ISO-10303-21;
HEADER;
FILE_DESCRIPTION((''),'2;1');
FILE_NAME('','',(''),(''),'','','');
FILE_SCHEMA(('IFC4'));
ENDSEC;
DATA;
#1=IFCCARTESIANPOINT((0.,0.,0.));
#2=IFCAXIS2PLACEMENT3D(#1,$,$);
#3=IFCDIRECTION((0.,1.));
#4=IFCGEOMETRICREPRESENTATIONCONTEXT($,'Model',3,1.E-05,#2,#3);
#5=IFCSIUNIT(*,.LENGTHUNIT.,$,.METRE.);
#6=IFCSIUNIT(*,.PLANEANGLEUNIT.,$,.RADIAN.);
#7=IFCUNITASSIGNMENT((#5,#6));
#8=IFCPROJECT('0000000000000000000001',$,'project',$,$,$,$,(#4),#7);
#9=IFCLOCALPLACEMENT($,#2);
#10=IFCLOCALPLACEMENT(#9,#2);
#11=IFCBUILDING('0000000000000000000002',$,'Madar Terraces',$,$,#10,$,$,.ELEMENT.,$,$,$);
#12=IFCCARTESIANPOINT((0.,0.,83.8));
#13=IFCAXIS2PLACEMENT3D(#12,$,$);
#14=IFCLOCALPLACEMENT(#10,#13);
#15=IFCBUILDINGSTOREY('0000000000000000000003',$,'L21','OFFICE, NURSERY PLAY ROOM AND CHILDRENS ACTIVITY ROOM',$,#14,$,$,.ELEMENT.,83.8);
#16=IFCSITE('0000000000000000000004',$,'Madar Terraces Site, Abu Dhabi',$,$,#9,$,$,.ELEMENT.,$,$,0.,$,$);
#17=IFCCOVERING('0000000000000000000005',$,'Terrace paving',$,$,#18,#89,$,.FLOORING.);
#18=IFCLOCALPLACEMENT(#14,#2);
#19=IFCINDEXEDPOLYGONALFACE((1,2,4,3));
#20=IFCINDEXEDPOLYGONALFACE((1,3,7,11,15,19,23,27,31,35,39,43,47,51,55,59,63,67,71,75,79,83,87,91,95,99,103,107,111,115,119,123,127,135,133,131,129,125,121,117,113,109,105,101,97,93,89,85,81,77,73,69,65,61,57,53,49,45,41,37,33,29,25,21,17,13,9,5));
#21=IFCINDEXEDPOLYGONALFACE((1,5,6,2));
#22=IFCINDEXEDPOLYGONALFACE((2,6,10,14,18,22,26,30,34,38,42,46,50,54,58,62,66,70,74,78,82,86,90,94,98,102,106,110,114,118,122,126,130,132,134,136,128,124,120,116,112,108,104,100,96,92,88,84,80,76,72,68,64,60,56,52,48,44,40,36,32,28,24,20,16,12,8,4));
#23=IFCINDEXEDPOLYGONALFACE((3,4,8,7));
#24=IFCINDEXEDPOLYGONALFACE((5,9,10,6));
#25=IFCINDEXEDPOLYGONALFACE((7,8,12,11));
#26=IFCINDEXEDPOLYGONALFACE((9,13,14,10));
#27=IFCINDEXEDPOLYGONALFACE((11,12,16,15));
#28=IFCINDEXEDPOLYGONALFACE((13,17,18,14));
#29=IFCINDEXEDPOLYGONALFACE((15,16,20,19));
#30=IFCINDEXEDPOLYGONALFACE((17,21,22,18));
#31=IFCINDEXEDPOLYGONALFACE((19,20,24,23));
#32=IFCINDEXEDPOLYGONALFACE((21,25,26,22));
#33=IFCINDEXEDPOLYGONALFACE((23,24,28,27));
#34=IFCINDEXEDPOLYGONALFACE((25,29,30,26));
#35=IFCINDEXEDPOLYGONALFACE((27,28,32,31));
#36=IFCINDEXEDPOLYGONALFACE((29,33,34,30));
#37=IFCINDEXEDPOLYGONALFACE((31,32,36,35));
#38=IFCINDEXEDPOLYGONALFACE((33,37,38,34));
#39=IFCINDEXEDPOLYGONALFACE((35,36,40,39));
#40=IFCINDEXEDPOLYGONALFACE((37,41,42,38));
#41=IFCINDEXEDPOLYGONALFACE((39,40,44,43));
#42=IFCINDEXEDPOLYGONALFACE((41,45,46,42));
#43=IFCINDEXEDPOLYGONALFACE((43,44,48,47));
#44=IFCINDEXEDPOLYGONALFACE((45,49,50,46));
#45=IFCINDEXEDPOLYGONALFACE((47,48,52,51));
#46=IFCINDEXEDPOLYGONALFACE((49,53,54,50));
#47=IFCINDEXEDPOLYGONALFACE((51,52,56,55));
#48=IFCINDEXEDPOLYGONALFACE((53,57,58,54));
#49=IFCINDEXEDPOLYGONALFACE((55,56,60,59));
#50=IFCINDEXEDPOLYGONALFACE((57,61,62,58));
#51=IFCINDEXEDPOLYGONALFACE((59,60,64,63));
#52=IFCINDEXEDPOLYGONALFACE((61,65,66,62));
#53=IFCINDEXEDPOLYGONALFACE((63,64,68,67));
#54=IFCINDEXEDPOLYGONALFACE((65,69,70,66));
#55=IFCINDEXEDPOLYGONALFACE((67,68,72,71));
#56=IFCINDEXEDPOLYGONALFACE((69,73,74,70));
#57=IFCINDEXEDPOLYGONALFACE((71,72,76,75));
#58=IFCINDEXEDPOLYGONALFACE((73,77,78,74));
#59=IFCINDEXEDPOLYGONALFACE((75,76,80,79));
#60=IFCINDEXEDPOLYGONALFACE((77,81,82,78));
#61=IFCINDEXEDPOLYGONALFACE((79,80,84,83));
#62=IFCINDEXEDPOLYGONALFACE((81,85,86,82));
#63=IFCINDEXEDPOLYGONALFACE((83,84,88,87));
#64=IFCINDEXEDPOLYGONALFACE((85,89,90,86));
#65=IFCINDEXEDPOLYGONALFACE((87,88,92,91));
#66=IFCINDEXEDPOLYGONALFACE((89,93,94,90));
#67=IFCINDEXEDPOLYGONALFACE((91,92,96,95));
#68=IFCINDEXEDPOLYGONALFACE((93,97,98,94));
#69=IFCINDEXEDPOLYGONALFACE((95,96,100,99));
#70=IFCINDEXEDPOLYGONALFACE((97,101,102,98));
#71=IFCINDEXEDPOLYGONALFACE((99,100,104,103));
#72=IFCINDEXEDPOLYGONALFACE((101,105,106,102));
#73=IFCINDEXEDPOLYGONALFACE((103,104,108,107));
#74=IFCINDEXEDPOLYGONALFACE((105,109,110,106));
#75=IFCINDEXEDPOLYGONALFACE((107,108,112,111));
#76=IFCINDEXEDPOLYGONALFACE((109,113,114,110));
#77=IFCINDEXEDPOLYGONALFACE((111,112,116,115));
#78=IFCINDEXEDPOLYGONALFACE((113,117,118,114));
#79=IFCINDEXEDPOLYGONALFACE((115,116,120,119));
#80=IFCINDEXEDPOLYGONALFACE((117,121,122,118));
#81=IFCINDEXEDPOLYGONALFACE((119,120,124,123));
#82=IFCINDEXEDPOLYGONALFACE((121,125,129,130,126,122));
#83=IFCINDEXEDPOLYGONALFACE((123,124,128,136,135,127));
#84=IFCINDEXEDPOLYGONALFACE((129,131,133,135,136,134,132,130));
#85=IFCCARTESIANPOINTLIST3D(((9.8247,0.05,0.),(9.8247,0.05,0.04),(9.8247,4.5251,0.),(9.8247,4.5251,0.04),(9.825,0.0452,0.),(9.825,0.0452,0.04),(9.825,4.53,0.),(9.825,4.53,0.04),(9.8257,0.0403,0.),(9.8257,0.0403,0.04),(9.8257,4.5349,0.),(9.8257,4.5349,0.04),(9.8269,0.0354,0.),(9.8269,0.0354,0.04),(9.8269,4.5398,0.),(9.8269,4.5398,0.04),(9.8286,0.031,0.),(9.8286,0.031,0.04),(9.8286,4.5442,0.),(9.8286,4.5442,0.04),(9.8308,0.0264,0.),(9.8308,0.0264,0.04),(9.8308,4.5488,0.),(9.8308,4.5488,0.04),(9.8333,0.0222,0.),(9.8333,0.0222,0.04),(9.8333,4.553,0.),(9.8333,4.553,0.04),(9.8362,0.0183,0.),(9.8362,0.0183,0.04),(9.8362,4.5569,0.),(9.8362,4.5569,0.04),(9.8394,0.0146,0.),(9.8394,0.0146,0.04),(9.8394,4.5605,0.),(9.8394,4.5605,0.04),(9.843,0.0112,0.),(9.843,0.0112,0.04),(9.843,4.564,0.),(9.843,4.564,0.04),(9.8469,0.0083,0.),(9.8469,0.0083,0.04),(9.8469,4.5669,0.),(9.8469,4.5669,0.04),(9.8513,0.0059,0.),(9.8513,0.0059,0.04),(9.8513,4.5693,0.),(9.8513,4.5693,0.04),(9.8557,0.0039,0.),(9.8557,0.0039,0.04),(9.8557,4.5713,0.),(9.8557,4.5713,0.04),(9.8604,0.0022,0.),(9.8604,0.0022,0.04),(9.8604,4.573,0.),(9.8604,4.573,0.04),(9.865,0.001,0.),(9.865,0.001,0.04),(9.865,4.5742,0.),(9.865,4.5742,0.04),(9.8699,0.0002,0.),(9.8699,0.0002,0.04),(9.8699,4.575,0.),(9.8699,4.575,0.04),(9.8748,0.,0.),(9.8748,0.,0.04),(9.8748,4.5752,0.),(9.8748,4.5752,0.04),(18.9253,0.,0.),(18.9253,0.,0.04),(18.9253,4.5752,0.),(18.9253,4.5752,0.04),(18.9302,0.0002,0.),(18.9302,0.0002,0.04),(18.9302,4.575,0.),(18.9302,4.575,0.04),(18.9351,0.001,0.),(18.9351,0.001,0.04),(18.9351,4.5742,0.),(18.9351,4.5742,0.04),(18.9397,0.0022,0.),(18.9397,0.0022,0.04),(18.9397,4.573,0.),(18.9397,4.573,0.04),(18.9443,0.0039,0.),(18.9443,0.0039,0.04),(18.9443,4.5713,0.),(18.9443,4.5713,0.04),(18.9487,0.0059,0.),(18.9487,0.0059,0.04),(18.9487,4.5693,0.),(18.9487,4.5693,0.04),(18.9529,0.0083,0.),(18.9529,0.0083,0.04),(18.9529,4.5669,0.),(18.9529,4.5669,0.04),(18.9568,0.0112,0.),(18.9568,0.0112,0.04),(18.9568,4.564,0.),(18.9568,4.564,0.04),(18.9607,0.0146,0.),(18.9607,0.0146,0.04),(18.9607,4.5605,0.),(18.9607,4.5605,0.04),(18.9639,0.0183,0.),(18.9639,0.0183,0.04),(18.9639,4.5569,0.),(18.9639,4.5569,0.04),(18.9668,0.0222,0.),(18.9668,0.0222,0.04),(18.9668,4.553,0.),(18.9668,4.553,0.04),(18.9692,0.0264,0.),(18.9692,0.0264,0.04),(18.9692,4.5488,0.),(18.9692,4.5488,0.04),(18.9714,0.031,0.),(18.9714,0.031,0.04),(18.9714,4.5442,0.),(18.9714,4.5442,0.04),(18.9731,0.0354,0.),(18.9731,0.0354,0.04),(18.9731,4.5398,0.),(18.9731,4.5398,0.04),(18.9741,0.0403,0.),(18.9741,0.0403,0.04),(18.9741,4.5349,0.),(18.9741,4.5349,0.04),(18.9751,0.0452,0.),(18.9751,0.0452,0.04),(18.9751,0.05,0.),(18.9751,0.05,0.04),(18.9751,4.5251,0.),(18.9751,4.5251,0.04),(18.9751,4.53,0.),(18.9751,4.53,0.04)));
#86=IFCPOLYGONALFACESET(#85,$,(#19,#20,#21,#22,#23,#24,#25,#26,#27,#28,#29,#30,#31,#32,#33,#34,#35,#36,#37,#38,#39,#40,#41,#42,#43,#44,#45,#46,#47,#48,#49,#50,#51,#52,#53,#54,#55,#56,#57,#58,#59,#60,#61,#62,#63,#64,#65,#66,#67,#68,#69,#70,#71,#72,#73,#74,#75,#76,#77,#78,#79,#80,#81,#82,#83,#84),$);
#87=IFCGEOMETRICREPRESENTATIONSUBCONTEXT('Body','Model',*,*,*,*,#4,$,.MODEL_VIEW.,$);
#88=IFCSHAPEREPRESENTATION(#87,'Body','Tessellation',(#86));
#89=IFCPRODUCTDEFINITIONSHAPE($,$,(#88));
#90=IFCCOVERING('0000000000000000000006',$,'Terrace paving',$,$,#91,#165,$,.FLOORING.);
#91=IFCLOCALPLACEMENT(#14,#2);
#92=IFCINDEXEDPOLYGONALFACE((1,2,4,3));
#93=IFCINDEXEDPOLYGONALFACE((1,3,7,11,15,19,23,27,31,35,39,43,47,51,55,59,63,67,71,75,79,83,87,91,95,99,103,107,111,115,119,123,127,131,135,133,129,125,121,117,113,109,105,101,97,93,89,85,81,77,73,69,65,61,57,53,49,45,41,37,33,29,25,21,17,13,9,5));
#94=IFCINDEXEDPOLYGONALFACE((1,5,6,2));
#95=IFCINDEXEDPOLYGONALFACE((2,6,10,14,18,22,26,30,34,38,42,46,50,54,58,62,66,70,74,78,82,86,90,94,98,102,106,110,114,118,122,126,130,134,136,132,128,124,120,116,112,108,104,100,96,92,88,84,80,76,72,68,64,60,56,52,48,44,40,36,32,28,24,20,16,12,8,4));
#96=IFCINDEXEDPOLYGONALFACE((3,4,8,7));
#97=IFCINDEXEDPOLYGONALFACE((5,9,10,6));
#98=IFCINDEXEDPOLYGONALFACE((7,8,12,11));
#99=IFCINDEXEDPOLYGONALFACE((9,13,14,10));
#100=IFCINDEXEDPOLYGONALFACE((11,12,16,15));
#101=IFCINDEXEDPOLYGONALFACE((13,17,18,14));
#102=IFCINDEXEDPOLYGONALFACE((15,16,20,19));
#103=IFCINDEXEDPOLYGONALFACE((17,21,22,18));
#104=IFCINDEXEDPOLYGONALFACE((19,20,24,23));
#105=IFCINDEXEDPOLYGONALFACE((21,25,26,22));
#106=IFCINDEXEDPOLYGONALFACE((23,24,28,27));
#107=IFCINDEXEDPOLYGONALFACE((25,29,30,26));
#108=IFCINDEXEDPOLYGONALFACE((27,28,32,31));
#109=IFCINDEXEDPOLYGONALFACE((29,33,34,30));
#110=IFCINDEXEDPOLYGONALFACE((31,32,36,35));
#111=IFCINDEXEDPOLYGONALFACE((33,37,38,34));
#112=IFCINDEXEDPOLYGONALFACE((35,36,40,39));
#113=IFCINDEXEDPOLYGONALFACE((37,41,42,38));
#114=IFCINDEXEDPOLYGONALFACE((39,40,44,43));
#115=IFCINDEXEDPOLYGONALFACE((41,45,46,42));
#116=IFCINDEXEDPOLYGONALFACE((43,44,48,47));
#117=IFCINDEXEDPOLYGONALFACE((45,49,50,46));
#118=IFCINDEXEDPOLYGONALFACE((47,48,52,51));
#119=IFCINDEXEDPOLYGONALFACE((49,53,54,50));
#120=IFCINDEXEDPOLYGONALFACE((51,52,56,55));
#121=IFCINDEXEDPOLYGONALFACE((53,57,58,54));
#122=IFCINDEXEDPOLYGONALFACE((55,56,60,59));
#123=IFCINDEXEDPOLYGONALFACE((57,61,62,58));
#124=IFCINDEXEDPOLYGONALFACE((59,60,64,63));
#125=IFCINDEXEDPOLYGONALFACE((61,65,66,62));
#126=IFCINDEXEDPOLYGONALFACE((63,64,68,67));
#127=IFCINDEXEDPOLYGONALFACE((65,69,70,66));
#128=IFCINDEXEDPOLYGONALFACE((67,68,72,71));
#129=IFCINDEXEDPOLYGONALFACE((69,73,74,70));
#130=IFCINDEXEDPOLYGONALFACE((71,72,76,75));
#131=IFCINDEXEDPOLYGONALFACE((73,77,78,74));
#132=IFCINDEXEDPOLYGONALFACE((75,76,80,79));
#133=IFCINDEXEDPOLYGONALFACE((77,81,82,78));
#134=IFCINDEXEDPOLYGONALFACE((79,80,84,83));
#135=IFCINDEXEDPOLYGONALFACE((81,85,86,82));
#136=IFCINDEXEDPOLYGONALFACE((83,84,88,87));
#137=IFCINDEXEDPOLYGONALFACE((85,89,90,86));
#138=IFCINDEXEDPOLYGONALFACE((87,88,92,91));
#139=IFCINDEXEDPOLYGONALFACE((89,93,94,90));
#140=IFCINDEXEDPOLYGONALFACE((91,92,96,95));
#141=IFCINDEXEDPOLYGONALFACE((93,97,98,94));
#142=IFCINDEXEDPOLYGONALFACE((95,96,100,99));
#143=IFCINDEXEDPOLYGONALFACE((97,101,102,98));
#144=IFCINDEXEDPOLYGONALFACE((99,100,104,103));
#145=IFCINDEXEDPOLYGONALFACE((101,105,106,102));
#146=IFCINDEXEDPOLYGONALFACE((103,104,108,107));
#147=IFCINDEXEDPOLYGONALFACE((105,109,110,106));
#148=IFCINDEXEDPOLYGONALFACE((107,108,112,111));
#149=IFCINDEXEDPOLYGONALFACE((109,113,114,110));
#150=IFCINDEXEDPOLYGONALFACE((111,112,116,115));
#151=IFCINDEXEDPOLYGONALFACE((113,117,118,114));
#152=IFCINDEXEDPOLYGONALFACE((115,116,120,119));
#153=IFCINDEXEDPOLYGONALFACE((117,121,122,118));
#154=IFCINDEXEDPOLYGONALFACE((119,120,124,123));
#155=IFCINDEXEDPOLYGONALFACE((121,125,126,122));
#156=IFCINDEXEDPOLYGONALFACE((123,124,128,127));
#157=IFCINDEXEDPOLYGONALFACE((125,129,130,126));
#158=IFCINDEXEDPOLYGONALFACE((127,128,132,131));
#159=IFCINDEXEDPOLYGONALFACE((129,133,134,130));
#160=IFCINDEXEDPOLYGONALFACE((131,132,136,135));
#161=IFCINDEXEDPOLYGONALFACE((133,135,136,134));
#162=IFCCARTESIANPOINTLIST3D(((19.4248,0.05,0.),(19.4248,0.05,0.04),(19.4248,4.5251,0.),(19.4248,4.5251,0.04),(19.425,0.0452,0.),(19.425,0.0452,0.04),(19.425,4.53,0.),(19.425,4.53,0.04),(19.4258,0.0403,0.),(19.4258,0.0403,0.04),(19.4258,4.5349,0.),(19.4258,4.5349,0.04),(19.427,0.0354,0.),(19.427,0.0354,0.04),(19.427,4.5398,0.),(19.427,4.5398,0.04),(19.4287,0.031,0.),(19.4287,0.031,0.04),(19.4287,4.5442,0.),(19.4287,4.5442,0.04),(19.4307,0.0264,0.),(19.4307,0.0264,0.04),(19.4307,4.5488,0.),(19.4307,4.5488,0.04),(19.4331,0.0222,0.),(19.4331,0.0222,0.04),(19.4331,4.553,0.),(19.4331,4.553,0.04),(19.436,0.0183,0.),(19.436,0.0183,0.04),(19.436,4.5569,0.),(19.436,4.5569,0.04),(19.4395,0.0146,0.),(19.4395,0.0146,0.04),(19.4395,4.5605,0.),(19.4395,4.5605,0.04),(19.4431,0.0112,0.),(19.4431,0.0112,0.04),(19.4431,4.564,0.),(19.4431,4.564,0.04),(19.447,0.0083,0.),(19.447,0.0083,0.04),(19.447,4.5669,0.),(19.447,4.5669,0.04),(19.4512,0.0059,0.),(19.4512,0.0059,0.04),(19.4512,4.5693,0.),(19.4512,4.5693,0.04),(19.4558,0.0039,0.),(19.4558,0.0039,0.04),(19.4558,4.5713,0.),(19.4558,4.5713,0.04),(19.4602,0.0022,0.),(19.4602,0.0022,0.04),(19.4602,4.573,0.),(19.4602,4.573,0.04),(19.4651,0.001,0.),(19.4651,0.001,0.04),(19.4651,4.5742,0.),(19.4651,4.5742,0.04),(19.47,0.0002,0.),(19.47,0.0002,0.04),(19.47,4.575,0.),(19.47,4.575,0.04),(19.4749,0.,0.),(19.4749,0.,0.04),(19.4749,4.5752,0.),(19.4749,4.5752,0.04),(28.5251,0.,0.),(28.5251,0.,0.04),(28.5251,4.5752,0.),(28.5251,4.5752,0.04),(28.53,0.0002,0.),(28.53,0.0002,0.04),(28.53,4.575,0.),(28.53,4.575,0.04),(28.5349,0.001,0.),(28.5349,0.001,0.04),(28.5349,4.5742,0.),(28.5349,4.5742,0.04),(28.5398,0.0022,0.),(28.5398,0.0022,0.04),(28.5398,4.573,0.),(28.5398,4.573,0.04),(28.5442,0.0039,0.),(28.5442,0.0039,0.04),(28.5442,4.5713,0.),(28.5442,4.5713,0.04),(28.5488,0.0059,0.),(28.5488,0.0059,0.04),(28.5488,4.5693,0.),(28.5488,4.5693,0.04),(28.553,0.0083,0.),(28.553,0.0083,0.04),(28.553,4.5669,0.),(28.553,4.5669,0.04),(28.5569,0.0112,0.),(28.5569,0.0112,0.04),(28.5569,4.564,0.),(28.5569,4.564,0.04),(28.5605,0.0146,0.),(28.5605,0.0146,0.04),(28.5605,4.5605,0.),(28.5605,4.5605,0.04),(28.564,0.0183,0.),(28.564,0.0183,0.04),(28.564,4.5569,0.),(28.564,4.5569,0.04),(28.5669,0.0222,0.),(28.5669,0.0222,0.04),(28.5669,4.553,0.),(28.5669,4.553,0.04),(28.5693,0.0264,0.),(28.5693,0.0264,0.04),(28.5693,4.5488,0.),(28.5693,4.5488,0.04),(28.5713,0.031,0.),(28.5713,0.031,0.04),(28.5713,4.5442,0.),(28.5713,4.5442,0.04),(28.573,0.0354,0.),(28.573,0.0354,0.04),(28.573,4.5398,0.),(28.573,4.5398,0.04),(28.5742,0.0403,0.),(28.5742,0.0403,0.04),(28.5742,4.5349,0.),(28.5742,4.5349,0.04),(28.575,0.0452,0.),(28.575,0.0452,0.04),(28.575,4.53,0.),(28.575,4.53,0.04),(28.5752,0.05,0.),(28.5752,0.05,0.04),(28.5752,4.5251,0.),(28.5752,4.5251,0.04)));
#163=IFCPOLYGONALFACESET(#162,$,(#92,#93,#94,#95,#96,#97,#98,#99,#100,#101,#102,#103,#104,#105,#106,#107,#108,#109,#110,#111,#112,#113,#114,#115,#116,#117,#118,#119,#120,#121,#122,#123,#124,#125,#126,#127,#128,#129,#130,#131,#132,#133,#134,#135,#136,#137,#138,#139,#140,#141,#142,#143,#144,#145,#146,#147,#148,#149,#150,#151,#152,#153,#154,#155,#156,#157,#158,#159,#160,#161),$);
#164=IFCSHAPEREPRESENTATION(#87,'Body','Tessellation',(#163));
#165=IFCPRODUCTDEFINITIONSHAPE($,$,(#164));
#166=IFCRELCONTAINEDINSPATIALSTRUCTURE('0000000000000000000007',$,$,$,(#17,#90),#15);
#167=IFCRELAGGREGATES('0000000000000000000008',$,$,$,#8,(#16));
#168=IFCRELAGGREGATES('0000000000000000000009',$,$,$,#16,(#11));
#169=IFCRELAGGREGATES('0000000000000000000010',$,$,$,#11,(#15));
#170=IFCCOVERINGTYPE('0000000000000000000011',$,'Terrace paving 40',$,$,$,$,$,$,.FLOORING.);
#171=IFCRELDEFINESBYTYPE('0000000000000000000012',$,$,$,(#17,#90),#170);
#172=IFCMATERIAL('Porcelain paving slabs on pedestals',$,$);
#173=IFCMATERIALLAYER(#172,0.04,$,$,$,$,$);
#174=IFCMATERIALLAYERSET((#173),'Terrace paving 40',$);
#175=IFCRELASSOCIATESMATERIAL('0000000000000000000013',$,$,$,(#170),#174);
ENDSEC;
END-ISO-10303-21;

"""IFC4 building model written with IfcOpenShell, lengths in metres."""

from ifc_helpers import new_model, si_unit, direction, frame, origin, place, context, subcontext, project, spatial, polyline, outline, extrude, material, layer, layer_set, type_object, element, save


model = new_model("IFC4")

# Units and contexts
model_context = context("Model", 3, precision=1e-05, world=origin(), true_north=direction((0.0, 1.0)))
body_context = subcontext(model_context, "Body", "Model", "MODEL_VIEW")
ifc_project = project(units=[si_unit("LENGTHUNIT", "METRE"), si_unit("PLANEANGLEUNIT", "RADIAN")], contexts=[model_context])

# Site, building, storey
site_placement = place(None, origin())
site = spatial("IfcSite", under=ifc_project, at=site_placement, Name="Madar Terraces Site, Abu Dhabi", CompositionType="ELEMENT", RefElevation=0.0)
building_placement = place(site_placement, origin())
building = spatial("IfcBuilding", under=site, at=building_placement, Name="Madar Terraces", CompositionType="ELEMENT")
storey_placement = place(building_placement, frame((0.0, 0.0, 83.8)))
storey = spatial("IfcBuildingStorey", under=building, at=storey_placement, Name="L21", Description="OFFICE, NURSERY PLAY ROOM AND CHILDRENS ACTIVITY ROOM", CompositionType="ELEMENT", Elevation=83.8)

# Coverings
ifc_material_1 = material(Name="Porcelain paving slabs on pedestals")
ifc_layer_1 = layer(ifc_material_1, 0.04)
ifc_layer_set_1 = layer_set([ifc_layer_1], Name="Terrace paving 40")
covering_type = type_object("IfcCoveringType", Name="Terrace paving 40", PredefinedType="FLOORING", material=ifc_layer_set_1)
covering_1_placement = place(storey_placement, origin())
element("IfcCovering", 1, at=covering_1_placement, inside=storey, type_object=covering_type, Name="Terrace paving", PredefinedType="FLOORING", context=body_context, shape_type="SweptSolid", body=[
    extrude(outline(polyline([(9.865, 0.001), (9.8604, 0.0022), (9.8557, 0.0039), (9.8513, 0.0059), (9.8469, 0.0083), (9.843, 0.0112), (9.8394, 0.0146), (9.8362, 0.0183), (9.8333, 0.0222), (9.8308, 0.0264), (9.8286, 0.031), (9.8269, 0.0354), (9.8257, 0.0403), (9.825, 0.0452), (9.8247, 0.05), (9.8247, 4.5251), (9.825, 4.53), (9.8257, 4.5349), (9.8269, 4.5398), (9.8286, 4.5442), (9.8308, 4.5488), (9.8333, 4.553), (9.8362, 4.5569), (9.8394, 4.5605), (9.843, 4.564), (9.8469, 4.5669), (9.8513, 4.5693), (9.8557, 4.5713), (9.8604, 4.573), (9.865, 4.5742), (9.8699, 4.575), (9.8748, 4.5752), (18.9253, 4.5752), (18.9302, 4.575), (18.9351, 4.5742), (18.9397, 4.573), (18.9443, 4.5713), (18.9487, 4.5693), (18.9529, 4.5669), (18.9568, 4.564), (18.9607, 4.5605), (18.9639, 4.5569), (18.9668, 4.553), (18.9692, 4.5488), (18.9714, 4.5442), (18.9731, 4.5398), (18.9741, 4.5349), (18.9751, 4.53), (18.9751, 4.5251), (18.9751, 0.05), (18.9751, 0.0452), (18.9741, 0.0403), (18.9731, 0.0354), (18.9714, 0.031), (18.9692, 0.0264), (18.9668, 0.0222), (18.9639, 0.0183), (18.9607, 0.0146), (18.9568, 0.0112), (18.9529, 0.0083), (18.9487, 0.0059), (18.9443, 0.0039), (18.9397, 0.0022), (18.9351, 0.001), (18.9302, 0.0002), (18.9253, 0.0), (9.8748, 0.0), (9.8699, 0.0002), (9.865, 0.001)])), origin(), (0.0, 0.0, 1.0), 0.04),
])
covering_2_placement = place(storey_placement, origin())
element("IfcCovering", 2, at=covering_2_placement, inside=storey, type_object=covering_type, Name="Terrace paving", PredefinedType="FLOORING", context=body_context, shape_type="SweptSolid", body=[
    extrude(outline(polyline([(19.4602, 0.0022), (19.4558, 0.0039), (19.4512, 0.0059), (19.447, 0.0083), (19.4431, 0.0112), (19.4395, 0.0146), (19.436, 0.0183), (19.4331, 0.0222), (19.4307, 0.0264), (19.4287, 0.031), (19.427, 0.0354), (19.4258, 0.0403), (19.425, 0.0452), (19.4248, 0.05), (19.4248, 4.5251), (19.425, 4.53), (19.4258, 4.5349), (19.427, 4.5398), (19.4287, 4.5442), (19.4307, 4.5488), (19.4331, 4.553), (19.436, 4.5569), (19.4395, 4.5605), (19.4431, 4.564), (19.447, 4.5669), (19.4512, 4.5693), (19.4558, 4.5713), (19.4602, 4.573), (19.4651, 4.5742), (19.47, 4.575), (19.4749, 4.5752), (28.5251, 4.5752), (28.53, 4.575), (28.5349, 4.5742), (28.5398, 4.573), (28.5442, 4.5713), (28.5488, 4.5693), (28.553, 4.5669), (28.5569, 4.564), (28.5605, 4.5605), (28.564, 4.5569), (28.5669, 4.553), (28.5693, 4.5488), (28.5713, 4.5442), (28.573, 4.5398), (28.5742, 4.5349), (28.575, 4.53), (28.5752, 4.5251), (28.5752, 0.05), (28.575, 0.0452), (28.5742, 0.0403), (28.573, 0.0354), (28.5713, 0.031), (28.5693, 0.0264), (28.5669, 0.0222), (28.564, 0.0183), (28.5605, 0.0146), (28.5569, 0.0112), (28.553, 0.0083), (28.5488, 0.0059), (28.5442, 0.0039), (28.5398, 0.0022), (28.5349, 0.001), (28.53, 0.0002), (28.5251, 0.0), (19.4749, 0.0), (19.47, 0.0002), (19.4651, 0.001), (19.4602, 0.0022)])), origin(), (0.0, 0.0, 1.0), 0.04),
])

save(model, "model.ifc")
